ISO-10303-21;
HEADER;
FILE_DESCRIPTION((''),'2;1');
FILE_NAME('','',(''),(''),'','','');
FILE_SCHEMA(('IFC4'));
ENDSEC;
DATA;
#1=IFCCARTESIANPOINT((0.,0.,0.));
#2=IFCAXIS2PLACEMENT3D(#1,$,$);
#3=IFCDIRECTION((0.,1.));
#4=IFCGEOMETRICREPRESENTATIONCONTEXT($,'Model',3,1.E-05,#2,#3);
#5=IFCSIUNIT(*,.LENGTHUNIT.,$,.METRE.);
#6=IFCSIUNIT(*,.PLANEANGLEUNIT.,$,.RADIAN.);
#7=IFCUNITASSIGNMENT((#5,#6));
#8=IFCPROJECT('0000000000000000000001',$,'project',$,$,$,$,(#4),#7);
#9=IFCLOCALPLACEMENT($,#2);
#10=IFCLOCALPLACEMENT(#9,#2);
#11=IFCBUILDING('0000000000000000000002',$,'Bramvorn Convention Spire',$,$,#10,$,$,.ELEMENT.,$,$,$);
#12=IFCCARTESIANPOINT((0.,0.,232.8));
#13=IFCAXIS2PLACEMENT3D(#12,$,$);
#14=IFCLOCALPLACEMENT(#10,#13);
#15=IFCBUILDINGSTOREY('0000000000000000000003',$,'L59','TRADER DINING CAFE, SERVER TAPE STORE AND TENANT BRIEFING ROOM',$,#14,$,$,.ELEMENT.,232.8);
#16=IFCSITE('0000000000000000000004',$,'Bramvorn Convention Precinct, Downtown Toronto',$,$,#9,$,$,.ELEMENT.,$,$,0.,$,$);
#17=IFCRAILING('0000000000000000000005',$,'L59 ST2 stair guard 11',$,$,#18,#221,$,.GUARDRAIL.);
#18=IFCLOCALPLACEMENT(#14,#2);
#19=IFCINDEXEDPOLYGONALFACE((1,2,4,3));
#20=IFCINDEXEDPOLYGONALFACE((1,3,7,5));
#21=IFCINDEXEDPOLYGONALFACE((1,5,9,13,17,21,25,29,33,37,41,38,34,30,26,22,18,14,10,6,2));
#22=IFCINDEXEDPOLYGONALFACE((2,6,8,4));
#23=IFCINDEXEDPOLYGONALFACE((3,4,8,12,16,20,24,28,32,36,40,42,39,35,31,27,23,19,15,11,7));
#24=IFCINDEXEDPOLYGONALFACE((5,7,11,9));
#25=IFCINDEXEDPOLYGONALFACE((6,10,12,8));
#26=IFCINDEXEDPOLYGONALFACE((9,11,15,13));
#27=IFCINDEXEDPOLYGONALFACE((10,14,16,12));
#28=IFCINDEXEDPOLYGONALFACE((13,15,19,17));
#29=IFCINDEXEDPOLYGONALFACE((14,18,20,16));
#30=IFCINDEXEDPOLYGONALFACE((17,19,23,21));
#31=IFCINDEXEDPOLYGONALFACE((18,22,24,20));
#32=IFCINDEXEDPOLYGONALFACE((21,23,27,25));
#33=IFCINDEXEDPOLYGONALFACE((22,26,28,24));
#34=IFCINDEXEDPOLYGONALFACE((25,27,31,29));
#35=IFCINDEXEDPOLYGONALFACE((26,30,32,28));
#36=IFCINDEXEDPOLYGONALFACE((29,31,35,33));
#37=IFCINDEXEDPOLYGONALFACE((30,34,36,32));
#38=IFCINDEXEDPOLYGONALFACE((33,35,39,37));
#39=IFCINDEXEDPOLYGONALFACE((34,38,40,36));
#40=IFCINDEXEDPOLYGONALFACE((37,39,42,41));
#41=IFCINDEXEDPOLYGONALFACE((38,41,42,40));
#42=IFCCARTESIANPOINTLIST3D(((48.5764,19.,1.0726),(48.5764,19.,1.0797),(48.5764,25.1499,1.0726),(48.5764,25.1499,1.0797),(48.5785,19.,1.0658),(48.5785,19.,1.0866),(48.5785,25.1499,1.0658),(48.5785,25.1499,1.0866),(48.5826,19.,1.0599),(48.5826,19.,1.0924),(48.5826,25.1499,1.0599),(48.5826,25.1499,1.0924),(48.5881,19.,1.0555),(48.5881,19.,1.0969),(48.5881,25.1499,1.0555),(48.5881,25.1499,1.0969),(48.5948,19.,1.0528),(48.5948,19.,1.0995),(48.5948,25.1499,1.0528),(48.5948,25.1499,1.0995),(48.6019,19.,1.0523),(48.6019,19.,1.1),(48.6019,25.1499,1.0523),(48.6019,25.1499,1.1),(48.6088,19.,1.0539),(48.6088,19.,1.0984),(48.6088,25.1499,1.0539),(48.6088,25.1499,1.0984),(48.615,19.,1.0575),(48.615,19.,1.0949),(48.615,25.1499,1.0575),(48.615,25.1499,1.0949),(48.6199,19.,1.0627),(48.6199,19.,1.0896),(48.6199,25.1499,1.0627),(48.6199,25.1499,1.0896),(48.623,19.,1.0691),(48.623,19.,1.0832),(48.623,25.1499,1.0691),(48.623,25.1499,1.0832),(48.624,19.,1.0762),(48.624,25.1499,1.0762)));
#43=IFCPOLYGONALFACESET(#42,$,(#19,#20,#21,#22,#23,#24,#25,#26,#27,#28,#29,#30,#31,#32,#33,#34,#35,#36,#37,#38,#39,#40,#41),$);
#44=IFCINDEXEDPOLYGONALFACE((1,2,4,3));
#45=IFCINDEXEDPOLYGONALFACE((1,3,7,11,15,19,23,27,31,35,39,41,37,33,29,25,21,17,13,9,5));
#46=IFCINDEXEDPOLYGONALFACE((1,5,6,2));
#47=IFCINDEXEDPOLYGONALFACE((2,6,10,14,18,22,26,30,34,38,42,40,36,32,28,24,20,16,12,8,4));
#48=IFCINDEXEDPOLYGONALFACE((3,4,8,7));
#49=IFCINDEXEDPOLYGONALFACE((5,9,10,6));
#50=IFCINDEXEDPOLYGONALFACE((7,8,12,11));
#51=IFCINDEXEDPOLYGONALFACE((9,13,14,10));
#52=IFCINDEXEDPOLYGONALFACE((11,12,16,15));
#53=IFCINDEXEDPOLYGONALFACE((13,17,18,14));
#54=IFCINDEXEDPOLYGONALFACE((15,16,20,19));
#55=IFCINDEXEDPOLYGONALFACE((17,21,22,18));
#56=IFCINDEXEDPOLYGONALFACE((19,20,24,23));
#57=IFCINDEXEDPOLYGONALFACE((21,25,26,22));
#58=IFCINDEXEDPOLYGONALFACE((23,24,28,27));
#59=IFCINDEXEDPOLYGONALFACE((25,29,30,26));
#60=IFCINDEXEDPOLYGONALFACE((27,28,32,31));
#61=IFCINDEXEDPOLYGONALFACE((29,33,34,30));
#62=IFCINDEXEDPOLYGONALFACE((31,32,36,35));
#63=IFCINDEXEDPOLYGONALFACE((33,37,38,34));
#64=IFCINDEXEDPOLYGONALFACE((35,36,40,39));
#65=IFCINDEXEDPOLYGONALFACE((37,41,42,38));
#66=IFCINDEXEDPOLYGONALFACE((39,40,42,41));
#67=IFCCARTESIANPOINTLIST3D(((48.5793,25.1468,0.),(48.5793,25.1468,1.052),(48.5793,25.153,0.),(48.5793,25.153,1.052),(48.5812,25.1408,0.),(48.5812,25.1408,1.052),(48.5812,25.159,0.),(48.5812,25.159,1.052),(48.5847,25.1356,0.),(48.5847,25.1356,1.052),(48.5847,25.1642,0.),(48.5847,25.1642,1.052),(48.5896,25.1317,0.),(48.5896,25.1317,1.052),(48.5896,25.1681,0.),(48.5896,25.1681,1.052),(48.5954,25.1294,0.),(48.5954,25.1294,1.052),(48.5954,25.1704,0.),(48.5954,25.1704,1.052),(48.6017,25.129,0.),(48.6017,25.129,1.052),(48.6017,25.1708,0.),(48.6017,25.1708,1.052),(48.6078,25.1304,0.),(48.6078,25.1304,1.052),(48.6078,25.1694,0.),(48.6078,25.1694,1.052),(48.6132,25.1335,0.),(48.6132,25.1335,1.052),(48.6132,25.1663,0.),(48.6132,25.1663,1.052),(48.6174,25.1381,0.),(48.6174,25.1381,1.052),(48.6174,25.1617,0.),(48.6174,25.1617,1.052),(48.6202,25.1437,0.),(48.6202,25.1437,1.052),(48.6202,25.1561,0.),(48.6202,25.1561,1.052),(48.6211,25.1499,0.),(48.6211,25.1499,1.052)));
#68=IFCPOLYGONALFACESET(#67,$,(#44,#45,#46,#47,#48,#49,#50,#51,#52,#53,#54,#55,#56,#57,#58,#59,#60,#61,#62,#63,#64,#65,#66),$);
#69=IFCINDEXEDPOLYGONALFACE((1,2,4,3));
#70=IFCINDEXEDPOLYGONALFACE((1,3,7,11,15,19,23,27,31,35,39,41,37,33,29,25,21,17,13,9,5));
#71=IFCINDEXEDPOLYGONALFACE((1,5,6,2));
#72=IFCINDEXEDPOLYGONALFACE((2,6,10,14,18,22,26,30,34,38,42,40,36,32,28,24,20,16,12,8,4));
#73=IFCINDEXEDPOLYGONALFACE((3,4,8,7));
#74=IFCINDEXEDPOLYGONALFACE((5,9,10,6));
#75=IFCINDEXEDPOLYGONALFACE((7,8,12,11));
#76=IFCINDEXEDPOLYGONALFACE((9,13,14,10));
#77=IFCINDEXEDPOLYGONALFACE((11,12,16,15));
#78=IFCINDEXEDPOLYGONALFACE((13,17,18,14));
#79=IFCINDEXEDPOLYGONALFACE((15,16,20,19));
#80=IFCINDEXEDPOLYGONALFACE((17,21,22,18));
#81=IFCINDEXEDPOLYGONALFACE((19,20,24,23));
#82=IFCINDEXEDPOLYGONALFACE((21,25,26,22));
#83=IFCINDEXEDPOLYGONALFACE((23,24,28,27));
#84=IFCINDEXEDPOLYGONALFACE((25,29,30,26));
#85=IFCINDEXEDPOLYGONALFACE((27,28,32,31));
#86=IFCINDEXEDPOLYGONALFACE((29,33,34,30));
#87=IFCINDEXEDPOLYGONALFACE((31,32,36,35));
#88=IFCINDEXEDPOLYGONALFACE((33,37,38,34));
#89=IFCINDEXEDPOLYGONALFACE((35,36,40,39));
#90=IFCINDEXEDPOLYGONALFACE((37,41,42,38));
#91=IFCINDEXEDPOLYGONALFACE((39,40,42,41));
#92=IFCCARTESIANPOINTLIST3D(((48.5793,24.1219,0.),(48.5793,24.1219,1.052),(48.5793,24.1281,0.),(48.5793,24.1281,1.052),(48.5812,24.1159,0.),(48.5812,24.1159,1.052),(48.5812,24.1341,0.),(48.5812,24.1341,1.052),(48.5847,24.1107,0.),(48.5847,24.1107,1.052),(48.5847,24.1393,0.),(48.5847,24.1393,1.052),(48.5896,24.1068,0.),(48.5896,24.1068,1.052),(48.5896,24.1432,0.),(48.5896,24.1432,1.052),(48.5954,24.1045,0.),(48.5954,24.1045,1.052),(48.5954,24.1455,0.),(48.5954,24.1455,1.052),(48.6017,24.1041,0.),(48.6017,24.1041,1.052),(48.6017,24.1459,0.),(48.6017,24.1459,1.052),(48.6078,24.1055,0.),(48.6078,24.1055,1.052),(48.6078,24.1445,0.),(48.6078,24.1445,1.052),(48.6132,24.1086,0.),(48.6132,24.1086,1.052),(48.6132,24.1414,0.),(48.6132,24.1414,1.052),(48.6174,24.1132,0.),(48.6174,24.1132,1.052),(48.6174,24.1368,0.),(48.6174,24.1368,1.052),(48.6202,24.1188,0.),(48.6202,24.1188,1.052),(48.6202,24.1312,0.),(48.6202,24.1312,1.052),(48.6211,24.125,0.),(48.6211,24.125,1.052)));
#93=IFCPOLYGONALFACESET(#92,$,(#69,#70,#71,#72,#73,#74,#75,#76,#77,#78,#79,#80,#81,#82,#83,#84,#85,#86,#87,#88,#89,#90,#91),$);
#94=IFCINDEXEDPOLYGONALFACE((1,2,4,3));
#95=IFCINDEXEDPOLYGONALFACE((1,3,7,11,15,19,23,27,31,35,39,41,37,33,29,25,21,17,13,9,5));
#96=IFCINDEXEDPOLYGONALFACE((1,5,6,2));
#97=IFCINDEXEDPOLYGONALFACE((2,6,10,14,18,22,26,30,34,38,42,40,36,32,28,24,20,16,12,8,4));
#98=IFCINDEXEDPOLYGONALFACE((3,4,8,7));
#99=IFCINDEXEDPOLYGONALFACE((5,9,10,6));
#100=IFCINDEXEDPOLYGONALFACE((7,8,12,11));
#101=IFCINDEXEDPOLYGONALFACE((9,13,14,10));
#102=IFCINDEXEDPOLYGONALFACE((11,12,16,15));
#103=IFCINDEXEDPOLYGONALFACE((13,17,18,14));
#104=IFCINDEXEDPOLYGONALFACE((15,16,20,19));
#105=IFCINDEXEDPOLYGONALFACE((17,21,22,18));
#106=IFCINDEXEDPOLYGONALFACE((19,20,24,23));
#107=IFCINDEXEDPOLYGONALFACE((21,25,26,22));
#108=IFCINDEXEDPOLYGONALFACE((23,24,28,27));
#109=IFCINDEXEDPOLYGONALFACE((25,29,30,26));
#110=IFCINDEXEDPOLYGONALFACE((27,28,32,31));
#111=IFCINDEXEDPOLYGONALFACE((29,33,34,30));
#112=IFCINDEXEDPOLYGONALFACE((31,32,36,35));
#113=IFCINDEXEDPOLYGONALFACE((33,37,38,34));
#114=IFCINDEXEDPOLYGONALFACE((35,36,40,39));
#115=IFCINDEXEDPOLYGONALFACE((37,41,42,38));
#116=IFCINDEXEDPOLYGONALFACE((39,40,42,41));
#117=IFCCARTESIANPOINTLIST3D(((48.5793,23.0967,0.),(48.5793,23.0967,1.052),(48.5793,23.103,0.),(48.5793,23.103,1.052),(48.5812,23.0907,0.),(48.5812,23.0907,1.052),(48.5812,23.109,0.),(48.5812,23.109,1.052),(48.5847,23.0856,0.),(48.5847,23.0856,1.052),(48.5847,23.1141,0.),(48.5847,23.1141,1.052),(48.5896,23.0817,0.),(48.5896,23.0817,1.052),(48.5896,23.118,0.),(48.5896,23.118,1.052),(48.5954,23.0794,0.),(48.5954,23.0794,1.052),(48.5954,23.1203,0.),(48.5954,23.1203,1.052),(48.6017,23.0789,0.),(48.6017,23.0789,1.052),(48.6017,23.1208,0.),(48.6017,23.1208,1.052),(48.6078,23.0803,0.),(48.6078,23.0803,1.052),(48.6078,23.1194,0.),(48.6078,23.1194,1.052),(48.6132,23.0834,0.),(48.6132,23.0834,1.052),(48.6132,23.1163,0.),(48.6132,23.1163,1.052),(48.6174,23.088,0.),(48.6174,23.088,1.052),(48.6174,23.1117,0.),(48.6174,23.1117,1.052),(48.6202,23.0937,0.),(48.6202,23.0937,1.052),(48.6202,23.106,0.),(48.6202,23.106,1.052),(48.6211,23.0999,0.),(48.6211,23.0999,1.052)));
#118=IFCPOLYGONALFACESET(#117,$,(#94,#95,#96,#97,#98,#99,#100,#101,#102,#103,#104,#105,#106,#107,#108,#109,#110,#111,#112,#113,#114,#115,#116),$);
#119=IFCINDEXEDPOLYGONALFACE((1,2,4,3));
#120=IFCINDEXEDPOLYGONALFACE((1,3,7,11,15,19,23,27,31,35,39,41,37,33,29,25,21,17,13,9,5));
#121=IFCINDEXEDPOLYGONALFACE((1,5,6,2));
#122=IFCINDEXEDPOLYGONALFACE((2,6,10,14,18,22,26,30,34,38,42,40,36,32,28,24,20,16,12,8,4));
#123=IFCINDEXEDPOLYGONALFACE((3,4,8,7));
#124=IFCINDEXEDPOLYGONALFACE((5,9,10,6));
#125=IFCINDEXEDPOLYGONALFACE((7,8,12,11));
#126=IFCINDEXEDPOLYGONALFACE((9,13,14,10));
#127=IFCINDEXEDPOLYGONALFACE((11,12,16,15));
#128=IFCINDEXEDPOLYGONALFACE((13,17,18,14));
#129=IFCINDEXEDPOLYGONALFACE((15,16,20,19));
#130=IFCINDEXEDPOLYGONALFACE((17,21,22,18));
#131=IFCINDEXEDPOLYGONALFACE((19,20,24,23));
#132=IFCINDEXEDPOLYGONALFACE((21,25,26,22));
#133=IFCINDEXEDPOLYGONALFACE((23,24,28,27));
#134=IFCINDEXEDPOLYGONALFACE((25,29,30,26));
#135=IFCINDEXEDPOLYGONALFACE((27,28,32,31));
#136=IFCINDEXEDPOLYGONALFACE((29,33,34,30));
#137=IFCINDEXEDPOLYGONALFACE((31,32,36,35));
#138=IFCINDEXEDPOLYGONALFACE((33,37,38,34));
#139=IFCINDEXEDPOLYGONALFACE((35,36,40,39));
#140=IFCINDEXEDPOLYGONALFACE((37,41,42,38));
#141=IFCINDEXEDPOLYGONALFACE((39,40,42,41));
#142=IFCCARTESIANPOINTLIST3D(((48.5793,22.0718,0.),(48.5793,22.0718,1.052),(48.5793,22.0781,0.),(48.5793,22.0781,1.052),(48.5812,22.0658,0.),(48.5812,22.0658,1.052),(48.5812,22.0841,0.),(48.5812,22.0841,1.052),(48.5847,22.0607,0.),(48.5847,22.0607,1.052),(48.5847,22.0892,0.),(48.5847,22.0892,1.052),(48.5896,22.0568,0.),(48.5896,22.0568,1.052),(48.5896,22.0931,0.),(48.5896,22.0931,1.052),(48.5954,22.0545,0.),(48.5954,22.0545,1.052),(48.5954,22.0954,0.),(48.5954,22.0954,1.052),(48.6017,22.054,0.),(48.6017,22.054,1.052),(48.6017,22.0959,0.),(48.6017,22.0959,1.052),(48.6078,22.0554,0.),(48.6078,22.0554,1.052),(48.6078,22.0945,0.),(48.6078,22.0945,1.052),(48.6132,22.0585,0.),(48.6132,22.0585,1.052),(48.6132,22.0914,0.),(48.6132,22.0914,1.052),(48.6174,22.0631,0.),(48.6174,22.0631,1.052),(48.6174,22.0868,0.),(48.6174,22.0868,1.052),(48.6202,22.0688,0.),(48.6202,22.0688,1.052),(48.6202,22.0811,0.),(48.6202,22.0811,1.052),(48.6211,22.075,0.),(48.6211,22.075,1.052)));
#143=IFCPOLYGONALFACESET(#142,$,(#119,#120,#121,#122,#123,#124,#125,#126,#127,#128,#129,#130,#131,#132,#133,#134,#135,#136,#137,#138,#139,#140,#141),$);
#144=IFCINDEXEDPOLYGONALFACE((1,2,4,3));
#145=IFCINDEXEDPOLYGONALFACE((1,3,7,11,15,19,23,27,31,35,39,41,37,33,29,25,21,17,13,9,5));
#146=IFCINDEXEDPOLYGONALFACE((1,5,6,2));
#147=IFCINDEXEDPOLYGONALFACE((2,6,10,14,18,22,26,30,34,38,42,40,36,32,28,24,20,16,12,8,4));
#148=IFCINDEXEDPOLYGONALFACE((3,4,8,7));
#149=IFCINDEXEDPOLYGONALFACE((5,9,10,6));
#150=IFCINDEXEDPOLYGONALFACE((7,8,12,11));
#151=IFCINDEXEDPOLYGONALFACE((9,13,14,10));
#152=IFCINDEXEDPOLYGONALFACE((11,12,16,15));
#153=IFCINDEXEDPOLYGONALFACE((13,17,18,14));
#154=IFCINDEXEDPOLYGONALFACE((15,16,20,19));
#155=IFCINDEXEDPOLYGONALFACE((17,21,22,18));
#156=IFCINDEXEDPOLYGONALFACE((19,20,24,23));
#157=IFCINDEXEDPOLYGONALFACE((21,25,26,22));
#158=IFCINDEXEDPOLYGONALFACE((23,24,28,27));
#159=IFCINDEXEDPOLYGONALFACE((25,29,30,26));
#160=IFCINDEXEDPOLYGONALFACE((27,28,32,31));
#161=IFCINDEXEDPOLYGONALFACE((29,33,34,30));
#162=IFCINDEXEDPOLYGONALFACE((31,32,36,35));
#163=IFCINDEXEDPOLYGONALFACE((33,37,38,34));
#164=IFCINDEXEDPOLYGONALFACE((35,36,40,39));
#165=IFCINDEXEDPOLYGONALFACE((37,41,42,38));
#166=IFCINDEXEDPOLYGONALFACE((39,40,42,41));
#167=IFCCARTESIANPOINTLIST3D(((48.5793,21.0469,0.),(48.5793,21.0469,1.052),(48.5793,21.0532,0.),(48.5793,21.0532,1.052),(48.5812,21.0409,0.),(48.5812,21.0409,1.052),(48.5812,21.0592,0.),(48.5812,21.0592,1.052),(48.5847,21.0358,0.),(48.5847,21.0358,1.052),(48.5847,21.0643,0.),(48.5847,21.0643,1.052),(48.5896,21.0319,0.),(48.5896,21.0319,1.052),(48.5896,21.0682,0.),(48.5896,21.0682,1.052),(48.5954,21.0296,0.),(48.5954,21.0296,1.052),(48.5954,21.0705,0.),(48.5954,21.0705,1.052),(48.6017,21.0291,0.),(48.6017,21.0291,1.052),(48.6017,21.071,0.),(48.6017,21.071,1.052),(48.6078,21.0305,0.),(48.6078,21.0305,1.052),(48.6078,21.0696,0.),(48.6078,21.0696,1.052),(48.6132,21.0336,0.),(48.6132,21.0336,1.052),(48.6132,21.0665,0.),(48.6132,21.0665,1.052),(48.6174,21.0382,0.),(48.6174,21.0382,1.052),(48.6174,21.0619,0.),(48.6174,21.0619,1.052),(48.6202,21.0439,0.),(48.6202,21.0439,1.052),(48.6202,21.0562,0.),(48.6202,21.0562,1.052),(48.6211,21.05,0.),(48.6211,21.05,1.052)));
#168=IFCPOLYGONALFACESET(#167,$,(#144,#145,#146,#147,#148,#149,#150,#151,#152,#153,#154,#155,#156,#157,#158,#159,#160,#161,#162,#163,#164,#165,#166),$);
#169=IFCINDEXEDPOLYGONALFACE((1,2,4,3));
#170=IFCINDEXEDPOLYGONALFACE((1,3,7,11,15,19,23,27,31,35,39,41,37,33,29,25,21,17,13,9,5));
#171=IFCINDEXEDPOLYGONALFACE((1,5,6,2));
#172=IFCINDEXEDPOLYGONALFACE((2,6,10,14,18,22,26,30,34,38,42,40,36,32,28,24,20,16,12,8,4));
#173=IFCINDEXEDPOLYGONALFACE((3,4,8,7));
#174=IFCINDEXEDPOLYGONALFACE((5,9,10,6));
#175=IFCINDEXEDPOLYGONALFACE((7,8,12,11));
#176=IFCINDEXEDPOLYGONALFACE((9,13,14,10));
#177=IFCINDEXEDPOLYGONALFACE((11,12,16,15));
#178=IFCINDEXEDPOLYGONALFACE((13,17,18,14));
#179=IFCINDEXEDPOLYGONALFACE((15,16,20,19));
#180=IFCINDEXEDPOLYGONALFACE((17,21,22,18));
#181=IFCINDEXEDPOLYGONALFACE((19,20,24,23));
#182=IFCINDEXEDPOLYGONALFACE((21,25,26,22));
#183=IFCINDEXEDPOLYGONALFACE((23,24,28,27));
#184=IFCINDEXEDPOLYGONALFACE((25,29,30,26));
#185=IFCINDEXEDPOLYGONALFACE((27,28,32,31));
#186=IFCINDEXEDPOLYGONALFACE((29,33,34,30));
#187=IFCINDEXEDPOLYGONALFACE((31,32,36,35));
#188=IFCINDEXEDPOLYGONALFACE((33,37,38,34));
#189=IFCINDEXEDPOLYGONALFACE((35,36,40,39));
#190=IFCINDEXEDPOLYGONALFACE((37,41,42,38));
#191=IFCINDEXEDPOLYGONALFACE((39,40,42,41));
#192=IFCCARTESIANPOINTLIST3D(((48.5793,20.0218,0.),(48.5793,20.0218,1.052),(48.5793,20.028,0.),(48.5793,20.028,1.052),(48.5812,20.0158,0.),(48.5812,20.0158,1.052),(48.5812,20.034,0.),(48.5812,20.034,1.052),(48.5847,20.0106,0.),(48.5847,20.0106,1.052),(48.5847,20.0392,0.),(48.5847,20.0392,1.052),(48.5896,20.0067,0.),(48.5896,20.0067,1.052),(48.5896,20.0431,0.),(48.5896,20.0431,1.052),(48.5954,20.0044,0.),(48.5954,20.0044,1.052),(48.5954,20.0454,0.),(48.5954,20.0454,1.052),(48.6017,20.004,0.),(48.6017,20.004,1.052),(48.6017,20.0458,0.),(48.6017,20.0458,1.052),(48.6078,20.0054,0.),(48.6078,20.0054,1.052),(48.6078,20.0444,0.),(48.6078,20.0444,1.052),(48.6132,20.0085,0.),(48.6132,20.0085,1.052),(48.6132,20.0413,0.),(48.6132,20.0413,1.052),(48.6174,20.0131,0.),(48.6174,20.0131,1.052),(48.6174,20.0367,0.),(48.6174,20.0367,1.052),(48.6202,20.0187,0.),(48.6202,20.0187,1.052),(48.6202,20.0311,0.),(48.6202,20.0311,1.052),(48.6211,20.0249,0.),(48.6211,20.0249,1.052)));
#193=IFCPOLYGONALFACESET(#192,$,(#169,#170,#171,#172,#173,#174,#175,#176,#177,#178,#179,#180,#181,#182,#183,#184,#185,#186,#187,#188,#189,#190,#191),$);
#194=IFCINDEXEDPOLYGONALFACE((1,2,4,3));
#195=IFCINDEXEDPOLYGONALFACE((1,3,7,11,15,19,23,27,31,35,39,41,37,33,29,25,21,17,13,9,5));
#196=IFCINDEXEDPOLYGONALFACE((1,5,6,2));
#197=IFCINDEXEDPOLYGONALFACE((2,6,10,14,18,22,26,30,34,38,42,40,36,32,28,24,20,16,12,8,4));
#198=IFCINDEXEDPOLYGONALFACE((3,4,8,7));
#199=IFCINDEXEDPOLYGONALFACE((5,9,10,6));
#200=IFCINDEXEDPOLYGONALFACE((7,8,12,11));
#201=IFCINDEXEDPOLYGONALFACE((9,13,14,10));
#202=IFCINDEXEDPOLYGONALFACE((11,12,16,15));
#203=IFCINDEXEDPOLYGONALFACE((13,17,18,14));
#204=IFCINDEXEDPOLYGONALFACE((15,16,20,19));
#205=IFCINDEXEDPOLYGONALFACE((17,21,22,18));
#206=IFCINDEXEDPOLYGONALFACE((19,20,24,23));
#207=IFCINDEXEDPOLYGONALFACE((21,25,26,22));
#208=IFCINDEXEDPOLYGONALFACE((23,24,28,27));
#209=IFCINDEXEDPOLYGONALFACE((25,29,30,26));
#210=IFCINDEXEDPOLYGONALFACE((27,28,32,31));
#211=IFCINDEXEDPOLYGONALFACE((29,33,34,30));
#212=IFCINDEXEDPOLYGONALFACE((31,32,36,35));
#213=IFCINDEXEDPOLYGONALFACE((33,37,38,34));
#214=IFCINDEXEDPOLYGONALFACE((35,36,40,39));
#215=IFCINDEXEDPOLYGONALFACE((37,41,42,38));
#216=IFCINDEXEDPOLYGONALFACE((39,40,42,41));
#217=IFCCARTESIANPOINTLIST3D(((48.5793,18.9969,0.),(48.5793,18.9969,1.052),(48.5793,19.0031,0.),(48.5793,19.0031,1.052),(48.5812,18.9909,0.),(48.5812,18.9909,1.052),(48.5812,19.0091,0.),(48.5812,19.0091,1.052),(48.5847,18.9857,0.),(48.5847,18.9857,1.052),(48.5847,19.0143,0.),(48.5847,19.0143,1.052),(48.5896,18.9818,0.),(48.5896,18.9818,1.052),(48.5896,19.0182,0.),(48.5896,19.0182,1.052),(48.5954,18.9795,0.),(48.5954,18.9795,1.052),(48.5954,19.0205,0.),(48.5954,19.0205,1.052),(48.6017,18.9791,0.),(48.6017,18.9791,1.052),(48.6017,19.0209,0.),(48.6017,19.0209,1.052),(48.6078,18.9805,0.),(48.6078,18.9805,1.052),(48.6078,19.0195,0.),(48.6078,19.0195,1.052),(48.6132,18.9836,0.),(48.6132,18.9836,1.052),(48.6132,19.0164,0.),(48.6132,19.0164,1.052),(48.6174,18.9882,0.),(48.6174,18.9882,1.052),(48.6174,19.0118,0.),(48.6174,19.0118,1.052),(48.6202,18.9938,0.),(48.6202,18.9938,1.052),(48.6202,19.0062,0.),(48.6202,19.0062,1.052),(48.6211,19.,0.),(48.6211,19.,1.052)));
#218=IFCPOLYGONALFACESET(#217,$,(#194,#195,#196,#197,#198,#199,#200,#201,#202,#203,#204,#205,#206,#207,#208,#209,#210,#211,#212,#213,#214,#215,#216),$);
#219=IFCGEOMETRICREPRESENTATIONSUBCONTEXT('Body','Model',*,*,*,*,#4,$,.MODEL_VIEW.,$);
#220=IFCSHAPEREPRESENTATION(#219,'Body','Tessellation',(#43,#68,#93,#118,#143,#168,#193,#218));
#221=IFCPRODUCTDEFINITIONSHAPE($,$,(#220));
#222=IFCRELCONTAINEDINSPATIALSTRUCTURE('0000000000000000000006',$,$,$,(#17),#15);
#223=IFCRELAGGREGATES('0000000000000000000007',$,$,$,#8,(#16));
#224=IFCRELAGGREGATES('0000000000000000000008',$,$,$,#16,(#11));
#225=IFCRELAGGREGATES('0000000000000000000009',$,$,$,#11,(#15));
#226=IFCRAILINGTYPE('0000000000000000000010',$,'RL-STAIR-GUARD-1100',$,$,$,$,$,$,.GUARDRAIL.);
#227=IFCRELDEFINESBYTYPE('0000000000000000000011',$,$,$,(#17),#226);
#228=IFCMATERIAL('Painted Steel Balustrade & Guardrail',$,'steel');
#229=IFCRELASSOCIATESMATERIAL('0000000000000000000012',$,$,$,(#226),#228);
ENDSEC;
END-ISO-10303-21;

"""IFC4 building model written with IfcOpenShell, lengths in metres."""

from ifc_helpers import new_model, si_unit, direction, frame, origin, origin_2d, place, context, subcontext, project, spatial, circle, extrude, material, type_object, element, save


model = new_model("IFC4")

# Units and contexts
model_context = context("Model", 3, precision=1e-05, world=origin(), true_north=direction((0.0, 1.0)))
body_context = subcontext(model_context, "Body", "Model", "MODEL_VIEW")
ifc_project = project(units=[si_unit("LENGTHUNIT", "METRE"), si_unit("PLANEANGLEUNIT", "RADIAN")], contexts=[model_context])

# Site, building, storey
site_placement = place(None, origin())
site = spatial("IfcSite", under=ifc_project, at=site_placement, Name="Bramvorn Convention Precinct, Downtown Toronto", CompositionType="ELEMENT", RefElevation=0.0)
building_placement = place(site_placement, origin())
building = spatial("IfcBuilding", under=site, at=building_placement, Name="Bramvorn Convention Spire", CompositionType="ELEMENT")
storey_placement = place(building_placement, frame((0.0, 0.0, 232.8)))
storey = spatial("IfcBuildingStorey", under=building, at=storey_placement, Name="L59", Description="TRADER DINING CAFE, SERVER TAPE STORE AND TENANT BRIEFING ROOM", CompositionType="ELEMENT", Elevation=232.8)

# Railing
ifc_material_1 = material(Name="Painted Steel Balustrade & Guardrail", Category="steel")
railing_type = type_object("IfcRailingType", Name="RL-STAIR-GUARD-1100", PredefinedType="GUARDRAIL", material=ifc_material_1)
railing_1_placement = place(storey_placement, frame((48.6001, 25.1499, 0.0)))
element("IfcRailing", 1, at=railing_1_placement, inside=storey, type_object=railing_type, Name="L59 ST2 stair guard 11", PredefinedType="GUARDRAIL", context=body_context, shape_type="SweptSolid", body=[
    extrude(circle(Radius=0.0239, at=origin_2d()), frame((0.0, 0.0, 1.0762), z_axis=(0.0, -1.0, 0.0), x_axis=(1.0, 0.0, 0.0)), (0.0, 0.0, 1.0), 6.1499),
    extrude(circle(Radius=0.021, at=origin_2d()), origin(), (0.0, 0.0, 1.0), 1.052),
    extrude(circle(Radius=0.021, at=origin_2d()), frame((0.0, -1.0249, 0.0)), (0.0, 0.0, 1.0), 1.052),
    extrude(circle(Radius=0.021, at=origin_2d()), frame((0.0, -2.05, 0.0)), (0.0, 0.0, 1.0), 1.052),
    extrude(circle(Radius=0.021, at=origin_2d()), frame((0.0, -3.075, 0.0)), (0.0, 0.0, 1.0), 1.052),
    extrude(circle(Radius=0.021, at=origin_2d()), frame((0.0, -4.0999, 0.0)), (0.0, 0.0, 1.0), 1.052),
    extrude(circle(Radius=0.021, at=origin_2d()), frame((0.0, -5.125, 0.0)), (0.0, 0.0, 1.0), 1.052),
    extrude(circle(Radius=0.021, at=origin_2d()), frame((0.0, -6.1499, 0.0)), (0.0, 0.0, 1.0), 1.052),
])

save(model, "model.ifc")
